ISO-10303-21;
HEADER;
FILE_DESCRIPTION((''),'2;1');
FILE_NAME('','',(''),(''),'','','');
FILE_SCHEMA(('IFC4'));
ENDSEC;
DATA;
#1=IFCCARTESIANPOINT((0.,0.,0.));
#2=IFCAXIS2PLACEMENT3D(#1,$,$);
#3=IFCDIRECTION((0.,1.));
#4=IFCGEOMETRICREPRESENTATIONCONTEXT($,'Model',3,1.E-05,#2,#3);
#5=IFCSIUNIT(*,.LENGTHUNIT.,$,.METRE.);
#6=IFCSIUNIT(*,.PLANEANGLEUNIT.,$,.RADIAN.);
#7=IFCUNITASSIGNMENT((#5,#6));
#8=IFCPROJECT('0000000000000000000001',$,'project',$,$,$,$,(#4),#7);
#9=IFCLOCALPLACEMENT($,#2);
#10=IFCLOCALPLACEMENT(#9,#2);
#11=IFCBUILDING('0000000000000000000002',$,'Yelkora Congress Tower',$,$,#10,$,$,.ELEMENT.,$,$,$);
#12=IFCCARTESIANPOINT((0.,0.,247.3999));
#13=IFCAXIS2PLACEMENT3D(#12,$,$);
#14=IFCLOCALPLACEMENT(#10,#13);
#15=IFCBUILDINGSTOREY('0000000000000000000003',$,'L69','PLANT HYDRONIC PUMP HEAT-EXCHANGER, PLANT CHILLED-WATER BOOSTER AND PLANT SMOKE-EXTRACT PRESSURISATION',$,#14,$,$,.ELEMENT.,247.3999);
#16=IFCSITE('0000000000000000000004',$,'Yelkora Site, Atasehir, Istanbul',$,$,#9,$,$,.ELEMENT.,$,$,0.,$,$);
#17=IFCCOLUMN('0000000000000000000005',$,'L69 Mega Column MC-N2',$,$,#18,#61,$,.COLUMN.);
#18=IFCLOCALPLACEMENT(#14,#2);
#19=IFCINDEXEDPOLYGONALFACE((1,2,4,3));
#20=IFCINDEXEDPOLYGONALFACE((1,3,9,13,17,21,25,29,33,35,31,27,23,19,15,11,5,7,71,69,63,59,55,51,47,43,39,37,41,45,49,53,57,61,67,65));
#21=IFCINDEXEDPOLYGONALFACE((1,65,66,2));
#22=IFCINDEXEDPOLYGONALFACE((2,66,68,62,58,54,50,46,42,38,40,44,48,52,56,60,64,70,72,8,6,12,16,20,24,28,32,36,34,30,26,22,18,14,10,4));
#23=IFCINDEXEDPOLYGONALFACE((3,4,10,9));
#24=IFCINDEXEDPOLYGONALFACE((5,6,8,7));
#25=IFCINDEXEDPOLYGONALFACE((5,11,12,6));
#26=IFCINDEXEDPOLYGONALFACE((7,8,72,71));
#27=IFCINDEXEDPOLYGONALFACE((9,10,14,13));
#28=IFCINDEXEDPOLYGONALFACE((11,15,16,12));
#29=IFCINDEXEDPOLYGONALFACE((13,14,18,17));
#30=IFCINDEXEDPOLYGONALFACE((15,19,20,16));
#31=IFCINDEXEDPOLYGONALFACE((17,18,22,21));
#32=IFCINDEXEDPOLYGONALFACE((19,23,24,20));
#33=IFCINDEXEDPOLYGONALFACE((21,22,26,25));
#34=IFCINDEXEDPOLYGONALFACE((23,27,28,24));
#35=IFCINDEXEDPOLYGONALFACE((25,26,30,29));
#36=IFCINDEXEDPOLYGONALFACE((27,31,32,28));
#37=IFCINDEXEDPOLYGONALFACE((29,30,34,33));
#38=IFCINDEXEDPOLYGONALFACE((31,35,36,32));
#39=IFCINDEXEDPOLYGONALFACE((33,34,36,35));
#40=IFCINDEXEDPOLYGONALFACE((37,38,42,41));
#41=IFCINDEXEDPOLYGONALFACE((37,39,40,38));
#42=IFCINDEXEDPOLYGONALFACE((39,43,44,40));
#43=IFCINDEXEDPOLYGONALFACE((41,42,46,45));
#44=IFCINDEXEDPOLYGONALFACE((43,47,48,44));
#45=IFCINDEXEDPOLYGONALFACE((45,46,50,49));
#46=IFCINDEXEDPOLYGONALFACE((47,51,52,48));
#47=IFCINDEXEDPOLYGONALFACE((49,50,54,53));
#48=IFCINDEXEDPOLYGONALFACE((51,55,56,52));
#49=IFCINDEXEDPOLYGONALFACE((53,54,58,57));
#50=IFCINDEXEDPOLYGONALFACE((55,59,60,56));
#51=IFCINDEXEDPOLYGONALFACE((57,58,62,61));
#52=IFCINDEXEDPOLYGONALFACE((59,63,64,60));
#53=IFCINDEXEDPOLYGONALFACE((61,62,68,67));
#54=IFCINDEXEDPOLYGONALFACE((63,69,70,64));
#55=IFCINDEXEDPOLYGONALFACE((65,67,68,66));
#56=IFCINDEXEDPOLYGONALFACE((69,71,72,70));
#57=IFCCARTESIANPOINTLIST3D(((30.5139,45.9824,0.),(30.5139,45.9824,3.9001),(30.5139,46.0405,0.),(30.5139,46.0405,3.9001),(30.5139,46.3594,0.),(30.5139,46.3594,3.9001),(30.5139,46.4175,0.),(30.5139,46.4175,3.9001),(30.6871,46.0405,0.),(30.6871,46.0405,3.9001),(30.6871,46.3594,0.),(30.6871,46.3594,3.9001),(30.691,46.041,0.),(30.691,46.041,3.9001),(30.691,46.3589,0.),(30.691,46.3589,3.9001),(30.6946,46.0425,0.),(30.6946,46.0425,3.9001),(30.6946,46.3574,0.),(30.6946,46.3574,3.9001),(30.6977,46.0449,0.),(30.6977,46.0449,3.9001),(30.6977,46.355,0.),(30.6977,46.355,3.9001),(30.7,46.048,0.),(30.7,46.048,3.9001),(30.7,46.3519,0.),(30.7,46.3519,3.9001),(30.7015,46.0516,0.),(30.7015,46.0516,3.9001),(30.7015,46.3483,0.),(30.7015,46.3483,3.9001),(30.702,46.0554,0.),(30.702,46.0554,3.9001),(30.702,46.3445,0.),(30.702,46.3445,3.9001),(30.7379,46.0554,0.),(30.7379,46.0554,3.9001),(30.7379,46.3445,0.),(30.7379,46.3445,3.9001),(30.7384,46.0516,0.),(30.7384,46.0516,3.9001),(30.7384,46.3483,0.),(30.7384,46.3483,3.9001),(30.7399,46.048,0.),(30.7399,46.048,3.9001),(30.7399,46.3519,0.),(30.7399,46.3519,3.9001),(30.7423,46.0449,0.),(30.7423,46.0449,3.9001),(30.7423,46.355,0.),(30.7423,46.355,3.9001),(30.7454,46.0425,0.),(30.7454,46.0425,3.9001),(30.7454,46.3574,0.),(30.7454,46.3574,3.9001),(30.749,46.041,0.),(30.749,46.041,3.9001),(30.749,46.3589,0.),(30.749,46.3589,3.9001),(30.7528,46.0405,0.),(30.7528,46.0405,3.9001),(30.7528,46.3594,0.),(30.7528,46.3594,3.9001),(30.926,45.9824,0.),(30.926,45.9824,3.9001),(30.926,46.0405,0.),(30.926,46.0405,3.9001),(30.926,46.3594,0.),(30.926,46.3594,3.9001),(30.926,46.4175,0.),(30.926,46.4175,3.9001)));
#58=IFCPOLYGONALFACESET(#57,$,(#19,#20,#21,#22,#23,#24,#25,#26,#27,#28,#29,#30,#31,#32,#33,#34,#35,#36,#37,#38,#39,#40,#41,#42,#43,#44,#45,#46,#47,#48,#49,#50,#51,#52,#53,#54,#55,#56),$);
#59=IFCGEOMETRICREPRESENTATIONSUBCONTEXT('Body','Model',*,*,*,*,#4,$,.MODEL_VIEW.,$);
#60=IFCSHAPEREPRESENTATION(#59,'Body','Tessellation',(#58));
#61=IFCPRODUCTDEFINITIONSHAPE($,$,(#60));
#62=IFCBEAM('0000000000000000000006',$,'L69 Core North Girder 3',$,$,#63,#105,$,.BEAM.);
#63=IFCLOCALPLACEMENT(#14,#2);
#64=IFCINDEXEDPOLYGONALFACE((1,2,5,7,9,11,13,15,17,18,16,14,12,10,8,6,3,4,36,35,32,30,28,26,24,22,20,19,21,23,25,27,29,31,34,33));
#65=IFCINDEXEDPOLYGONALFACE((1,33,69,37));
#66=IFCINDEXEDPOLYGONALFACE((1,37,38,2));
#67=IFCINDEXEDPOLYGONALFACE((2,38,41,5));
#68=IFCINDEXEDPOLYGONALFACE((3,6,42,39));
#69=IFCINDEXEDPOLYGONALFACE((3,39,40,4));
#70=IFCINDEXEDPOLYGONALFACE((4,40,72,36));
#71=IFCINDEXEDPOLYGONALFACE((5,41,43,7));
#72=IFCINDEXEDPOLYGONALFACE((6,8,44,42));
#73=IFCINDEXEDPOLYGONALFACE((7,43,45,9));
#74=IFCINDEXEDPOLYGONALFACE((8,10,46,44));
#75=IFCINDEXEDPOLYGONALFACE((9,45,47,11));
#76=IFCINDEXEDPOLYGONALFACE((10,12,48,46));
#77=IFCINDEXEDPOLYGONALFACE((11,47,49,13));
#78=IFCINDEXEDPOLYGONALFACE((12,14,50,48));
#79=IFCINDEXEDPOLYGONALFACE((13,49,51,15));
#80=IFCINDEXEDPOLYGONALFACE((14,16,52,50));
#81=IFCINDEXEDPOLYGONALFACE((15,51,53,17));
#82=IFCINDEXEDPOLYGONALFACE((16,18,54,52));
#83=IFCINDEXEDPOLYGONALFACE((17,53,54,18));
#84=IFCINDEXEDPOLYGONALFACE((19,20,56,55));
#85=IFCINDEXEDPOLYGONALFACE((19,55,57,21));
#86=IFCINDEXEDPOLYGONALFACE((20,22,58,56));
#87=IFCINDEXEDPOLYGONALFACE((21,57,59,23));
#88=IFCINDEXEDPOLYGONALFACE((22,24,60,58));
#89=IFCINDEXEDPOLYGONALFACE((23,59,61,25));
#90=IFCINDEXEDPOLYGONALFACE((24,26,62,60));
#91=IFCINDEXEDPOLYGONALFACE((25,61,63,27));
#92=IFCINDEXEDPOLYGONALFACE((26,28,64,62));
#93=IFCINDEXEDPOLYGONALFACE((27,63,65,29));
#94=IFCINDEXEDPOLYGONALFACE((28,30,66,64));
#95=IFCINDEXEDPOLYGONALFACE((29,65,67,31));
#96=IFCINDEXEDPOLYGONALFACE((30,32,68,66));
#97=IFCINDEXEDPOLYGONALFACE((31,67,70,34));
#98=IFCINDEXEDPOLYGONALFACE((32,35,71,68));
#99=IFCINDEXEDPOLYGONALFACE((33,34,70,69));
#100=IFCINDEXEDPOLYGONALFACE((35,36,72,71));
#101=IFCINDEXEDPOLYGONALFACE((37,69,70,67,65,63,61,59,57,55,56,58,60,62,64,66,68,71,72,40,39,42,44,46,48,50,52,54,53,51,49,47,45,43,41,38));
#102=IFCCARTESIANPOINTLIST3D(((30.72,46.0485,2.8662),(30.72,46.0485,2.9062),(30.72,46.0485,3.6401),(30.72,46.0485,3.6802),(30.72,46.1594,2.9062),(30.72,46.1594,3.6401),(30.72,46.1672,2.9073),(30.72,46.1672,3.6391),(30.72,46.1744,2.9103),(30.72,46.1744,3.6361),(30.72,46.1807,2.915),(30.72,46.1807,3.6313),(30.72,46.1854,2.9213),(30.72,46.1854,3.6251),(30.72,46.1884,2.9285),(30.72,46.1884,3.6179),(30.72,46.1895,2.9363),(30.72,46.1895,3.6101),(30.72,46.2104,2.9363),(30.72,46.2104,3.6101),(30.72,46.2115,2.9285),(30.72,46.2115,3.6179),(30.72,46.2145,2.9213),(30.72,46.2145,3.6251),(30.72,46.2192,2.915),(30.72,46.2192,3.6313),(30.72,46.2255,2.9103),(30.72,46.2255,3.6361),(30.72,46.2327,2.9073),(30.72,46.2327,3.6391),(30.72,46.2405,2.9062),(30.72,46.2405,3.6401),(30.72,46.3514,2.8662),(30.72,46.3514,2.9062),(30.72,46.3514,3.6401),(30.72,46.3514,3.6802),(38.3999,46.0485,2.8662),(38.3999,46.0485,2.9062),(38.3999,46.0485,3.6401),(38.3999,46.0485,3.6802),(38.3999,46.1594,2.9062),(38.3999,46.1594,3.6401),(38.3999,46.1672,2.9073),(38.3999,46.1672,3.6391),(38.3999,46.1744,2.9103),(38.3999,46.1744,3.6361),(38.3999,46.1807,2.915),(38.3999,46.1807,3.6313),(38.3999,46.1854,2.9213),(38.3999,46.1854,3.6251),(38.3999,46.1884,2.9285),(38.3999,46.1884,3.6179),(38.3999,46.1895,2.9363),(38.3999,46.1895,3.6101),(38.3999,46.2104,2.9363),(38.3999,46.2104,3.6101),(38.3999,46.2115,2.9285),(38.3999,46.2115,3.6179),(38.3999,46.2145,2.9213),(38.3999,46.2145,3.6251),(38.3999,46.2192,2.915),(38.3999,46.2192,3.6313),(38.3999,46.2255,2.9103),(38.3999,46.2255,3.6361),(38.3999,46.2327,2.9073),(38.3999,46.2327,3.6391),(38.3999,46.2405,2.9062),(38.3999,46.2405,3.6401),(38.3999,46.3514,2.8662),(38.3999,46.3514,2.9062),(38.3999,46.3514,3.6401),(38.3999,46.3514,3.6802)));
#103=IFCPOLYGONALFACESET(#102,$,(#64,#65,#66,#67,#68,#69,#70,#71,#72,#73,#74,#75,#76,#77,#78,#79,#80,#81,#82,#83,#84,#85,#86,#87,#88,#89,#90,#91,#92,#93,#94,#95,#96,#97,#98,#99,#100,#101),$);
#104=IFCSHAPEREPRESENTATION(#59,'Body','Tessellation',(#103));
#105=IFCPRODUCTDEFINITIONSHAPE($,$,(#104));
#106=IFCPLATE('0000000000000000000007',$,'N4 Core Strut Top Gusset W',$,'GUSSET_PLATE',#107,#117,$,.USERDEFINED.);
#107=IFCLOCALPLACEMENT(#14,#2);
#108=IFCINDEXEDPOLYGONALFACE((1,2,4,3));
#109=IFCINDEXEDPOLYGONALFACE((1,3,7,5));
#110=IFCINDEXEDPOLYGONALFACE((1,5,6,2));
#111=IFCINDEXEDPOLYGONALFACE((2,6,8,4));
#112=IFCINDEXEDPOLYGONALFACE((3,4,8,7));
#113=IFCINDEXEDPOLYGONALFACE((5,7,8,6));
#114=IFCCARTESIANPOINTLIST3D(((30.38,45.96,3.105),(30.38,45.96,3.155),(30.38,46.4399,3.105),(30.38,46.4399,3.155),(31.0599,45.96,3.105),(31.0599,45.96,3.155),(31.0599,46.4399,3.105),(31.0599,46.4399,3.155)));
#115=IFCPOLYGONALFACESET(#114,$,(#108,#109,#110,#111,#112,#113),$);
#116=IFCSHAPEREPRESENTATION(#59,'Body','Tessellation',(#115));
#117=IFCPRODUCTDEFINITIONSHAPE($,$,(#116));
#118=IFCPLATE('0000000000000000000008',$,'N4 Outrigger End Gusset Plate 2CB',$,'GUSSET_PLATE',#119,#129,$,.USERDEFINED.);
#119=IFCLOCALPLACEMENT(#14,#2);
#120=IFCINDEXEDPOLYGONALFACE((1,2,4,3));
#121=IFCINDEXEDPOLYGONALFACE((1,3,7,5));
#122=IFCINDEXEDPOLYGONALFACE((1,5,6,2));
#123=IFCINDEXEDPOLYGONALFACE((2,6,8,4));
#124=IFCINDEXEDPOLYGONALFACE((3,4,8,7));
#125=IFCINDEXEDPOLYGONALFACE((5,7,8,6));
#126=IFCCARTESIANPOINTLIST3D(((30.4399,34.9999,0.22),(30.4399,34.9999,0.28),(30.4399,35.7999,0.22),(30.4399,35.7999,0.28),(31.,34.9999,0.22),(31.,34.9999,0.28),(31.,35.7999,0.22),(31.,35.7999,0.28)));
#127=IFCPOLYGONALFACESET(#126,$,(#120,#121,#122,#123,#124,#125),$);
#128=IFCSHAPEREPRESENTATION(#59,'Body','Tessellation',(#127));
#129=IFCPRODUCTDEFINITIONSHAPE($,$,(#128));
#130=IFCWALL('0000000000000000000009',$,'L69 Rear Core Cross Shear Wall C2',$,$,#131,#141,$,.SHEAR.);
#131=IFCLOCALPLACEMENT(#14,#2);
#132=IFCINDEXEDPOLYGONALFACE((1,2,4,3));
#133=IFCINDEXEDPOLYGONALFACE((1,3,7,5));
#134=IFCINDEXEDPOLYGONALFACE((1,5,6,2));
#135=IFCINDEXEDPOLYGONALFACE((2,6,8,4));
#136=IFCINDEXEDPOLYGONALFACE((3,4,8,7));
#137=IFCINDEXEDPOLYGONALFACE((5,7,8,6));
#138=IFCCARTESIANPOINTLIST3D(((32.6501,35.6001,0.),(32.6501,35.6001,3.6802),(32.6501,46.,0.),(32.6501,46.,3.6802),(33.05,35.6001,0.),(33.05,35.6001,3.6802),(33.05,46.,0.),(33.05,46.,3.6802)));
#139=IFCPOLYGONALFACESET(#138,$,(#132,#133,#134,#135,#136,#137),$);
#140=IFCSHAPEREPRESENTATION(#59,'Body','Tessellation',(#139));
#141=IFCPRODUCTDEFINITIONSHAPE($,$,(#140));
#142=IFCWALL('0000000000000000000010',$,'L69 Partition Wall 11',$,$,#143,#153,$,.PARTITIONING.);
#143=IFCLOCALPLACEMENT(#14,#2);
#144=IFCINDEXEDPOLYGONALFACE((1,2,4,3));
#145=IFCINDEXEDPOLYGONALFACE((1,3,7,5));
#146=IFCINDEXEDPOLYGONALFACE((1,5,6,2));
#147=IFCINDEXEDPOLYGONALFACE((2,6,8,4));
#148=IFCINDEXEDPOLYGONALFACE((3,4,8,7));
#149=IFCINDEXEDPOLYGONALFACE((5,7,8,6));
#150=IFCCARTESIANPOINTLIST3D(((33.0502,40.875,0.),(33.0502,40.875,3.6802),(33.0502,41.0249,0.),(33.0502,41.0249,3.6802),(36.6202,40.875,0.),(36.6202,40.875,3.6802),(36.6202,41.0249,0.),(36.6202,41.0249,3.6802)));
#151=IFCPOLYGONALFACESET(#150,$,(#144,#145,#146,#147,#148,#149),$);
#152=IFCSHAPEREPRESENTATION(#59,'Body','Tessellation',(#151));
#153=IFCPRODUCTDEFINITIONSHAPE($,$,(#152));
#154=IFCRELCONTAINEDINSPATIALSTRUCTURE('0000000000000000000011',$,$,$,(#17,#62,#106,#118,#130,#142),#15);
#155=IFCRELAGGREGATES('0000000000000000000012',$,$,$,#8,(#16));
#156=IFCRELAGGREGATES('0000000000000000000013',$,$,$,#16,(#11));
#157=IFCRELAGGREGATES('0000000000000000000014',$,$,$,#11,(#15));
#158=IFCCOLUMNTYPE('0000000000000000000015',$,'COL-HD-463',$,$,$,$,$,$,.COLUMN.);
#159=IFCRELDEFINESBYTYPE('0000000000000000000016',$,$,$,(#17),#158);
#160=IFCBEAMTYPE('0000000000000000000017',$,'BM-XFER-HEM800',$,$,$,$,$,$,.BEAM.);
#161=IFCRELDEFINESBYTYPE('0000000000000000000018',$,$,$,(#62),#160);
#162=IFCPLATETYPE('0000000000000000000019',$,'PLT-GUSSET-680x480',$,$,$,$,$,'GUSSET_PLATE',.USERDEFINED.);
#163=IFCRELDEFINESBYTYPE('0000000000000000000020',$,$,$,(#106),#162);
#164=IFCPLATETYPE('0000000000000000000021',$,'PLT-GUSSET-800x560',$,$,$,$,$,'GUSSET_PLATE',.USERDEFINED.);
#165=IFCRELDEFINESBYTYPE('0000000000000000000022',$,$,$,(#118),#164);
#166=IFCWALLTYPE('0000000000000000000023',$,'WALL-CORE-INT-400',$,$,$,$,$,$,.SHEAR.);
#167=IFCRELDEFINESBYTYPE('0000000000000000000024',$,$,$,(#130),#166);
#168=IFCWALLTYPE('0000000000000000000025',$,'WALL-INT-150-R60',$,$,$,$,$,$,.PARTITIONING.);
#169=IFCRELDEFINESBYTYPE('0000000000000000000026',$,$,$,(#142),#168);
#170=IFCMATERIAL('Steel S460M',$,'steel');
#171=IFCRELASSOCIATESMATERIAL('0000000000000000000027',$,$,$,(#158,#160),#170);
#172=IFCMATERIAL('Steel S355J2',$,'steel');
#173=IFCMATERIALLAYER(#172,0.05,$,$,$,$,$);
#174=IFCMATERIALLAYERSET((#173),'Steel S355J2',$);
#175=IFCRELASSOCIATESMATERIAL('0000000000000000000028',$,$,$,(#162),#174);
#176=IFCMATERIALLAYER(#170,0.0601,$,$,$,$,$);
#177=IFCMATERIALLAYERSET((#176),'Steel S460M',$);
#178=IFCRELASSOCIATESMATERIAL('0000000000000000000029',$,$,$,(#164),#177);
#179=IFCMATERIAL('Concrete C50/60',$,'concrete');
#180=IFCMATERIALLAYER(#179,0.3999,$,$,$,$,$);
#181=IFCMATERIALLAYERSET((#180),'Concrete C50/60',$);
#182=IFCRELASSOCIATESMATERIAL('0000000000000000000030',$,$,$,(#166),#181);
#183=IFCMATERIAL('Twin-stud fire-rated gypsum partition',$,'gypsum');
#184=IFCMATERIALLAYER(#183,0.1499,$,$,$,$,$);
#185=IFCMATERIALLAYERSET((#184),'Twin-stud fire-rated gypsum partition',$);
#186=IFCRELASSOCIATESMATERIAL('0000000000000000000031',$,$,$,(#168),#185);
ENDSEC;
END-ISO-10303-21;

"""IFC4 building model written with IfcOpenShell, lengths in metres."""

from ifc_helpers import new_model, si_unit, direction, frame, frame_2d, origin, origin_2d, place, context, subcontext, project, spatial, rectangle, i_section, extrude, material, layer, layer_set, material_profile, profile_set, type_object, element, save


model = new_model("IFC4")

# Units and contexts
model_context = context("Model", 3, precision=1e-05, world=origin(), true_north=direction((0.0, 1.0)))
body_context = subcontext(model_context, "Body", "Model", "MODEL_VIEW")
ifc_project = project(units=[si_unit("LENGTHUNIT", "METRE"), si_unit("PLANEANGLEUNIT", "RADIAN")], contexts=[model_context])

# Site, building, storey
site_placement = place(None, origin())
site = spatial("IfcSite", under=ifc_project, at=site_placement, Name="Yelkora Site, Atasehir, Istanbul", CompositionType="ELEMENT", RefElevation=0.0)
building_placement = place(site_placement, origin())
building = spatial("IfcBuilding", under=site, at=building_placement, Name="Yelkora Congress Tower", CompositionType="ELEMENT")
storey_placement = place(building_placement, frame((0.0, 0.0, 247.3999)))
storey = spatial("IfcBuildingStorey", under=building, at=storey_placement, Name="L69", Description="PLANT HYDRONIC PUMP HEAT-EXCHANGER, PLANT CHILLED-WATER BOOSTER AND PLANT SMOKE-EXTRACT PRESSURISATION", CompositionType="ELEMENT", Elevation=247.3999)

# Column
ifc_material_1 = material(Name="Steel S460M", Category="steel")
ifc_material_profile_1 = material_profile(ifc_material_1, i_section(OverallWidth=0.4121, OverallDepth=0.4351, WebThickness=0.0359, FlangeThickness=0.0581, FilletRadius=0.0149, at=origin_2d()), Name="HD 400x463")
ifc_profile_set_1 = profile_set([ifc_material_profile_1], Name="Steel S460M")
column_type = type_object("IfcColumnType", Name="COL-HD-463", PredefinedType="COLUMN", material=ifc_profile_set_1)
column_placement = place(storey_placement, frame((30.72, 46.2, 0.0), z_axis=(0.0, 0.0, 1.0), x_axis=(1.0, 0.0, 0.0)))
element("IfcColumn", 1, at=column_placement, inside=storey, type_object=column_type, Name="L69 Mega Column MC-N2", PredefinedType="COLUMN", context=body_context, shape_type="SweptSolid", body=[
    extrude(i_section(OverallWidth=0.4121, OverallDepth=0.4351, WebThickness=0.0359, FlangeThickness=0.0581, FilletRadius=0.0149, at=origin_2d()), origin(), (0.0, 0.0, 1.0), 3.9001),
])

# Beam
ifc_material_profile_2 = material_profile(ifc_material_1, i_section(OverallWidth=0.303, OverallDepth=0.814, WebThickness=0.021, FlangeThickness=0.04, FilletRadius=0.03, at=origin_2d()), Name="HEM 800")
ifc_profile_set_2 = profile_set([ifc_material_profile_2], Name="Steel S460M")
beam_type = type_object("IfcBeamType", Name="BM-XFER-HEM800", PredefinedType="BEAM", material=ifc_profile_set_2)
beam_placement = place(storey_placement, frame((30.72, 46.2, 3.2732), z_axis=(1.0, 0.0, 0.0), x_axis=(0.0, 1.0, 0.0)))
element("IfcBeam", 2, at=beam_placement, inside=storey, type_object=beam_type, Name="L69 Core North Girder 3", PredefinedType="BEAM", context=body_context, shape_type="SweptSolid", body=[
    extrude(i_section(OverallWidth=0.303, OverallDepth=0.814, WebThickness=0.021, FlangeThickness=0.04, FilletRadius=0.03, at=origin_2d()), origin(), (0.0, 0.0, 1.0), 7.6799),
])

# Plates
ifc_material_2 = material(Name="Steel S355J2", Category="steel")
ifc_layer_1 = layer(ifc_material_2, 0.05)
ifc_layer_set_1 = layer_set([ifc_layer_1], Name="Steel S355J2")
plate_type_1 = type_object("IfcPlateType", Name="PLT-GUSSET-680x480", ElementType="GUSSET_PLATE", PredefinedType="USERDEFINED", material=ifc_layer_set_1)
plate_1_placement = place(storey_placement, frame((30.72, 46.2, 3.105), z_axis=(0.0, 0.0, 1.0), x_axis=(1.0, 0.0, 0.0)))
element("IfcPlate", 3, at=plate_1_placement, inside=storey, type_object=plate_type_1, Name="N4 Core Strut Top Gusset W", ObjectType="GUSSET_PLATE", PredefinedType="USERDEFINED", context=body_context, shape_type="SweptSolid", body=[
    extrude(rectangle(XDim=0.6799, YDim=0.48, at=origin_2d()), origin(), (0.0, 0.0, 1.0), 0.05),
])
ifc_layer_2 = layer(ifc_material_1, 0.0601)
ifc_layer_set_2 = layer_set([ifc_layer_2], Name="Steel S460M")
plate_type_2 = type_object("IfcPlateType", Name="PLT-GUSSET-800x560", ElementType="GUSSET_PLATE", PredefinedType="USERDEFINED", material=ifc_layer_set_2)
plate_2_placement = place(storey_placement, frame((30.72, 35.3999, 0.22), z_axis=(0.0, 0.0, 1.0), x_axis=(0.0, 1.0, 0.0)))
element("IfcPlate", 4, at=plate_2_placement, inside=storey, type_object=plate_type_2, Name="N4 Outrigger End Gusset Plate 2CB", ObjectType="GUSSET_PLATE", PredefinedType="USERDEFINED", context=body_context, shape_type="SweptSolid", body=[
    extrude(rectangle(XDim=0.8, YDim=0.5601, at=origin_2d()), origin(), (0.0, 0.0, 1.0), 0.0601),
])

# Shared definitions
ifc_material_3 = material(Name="Concrete C50/60", Category="concrete")
ifc_layer_3 = layer(ifc_material_3, 0.3999)
ifc_layer_set_3 = layer_set([ifc_layer_3], Name="Concrete C50/60")
wall_type_1 = type_object("IfcWallType", Name="WALL-CORE-INT-400", PredefinedType="SHEAR", material=ifc_layer_set_3)

# Walls
wall_1_placement = place(storey_placement, frame((32.8501, 35.6001, 0.0), z_axis=(0.0, 0.0, 1.0), x_axis=(0.0, 1.0, 0.0)))
element("IfcWall", 5, at=wall_1_placement, inside=storey, type_object=wall_type_1, Name="L69 Rear Core Cross Shear Wall C2", PredefinedType="SHEAR", context=body_context, shape_type="SweptSolid", body=[
    extrude(rectangle(XDim=10.3999, YDim=0.3999, at=frame_2d((5.2, 0.0))), origin(), (0.0, 0.0, 1.0), 3.6802),
])
ifc_material_4 = material(Name="Twin-stud fire-rated gypsum partition", Category="gypsum")
ifc_layer_4 = layer(ifc_material_4, 0.1499)
ifc_layer_set_4 = layer_set([ifc_layer_4], Name="Twin-stud fire-rated gypsum partition")
wall_type_2 = type_object("IfcWallType", Name="WALL-INT-150-R60", PredefinedType="PARTITIONING", material=ifc_layer_set_4)
wall_2_placement = place(storey_placement, frame((33.05, 40.95, 0.0), z_axis=(0.0, 0.0, 1.0), x_axis=(1.0, 0.0, 0.0)))
element("IfcWall", 6, at=wall_2_placement, inside=storey, type_object=wall_type_2, Name="L69 Partition Wall 11", PredefinedType="PARTITIONING", context=body_context, shape_type="SweptSolid", body=[
    extrude(rectangle(XDim=3.5701, YDim=0.1499, at=frame_2d((1.7852, 0.0))), origin(), (0.0, 0.0, 1.0), 3.6802),
])

save(model, "model.ifc")
